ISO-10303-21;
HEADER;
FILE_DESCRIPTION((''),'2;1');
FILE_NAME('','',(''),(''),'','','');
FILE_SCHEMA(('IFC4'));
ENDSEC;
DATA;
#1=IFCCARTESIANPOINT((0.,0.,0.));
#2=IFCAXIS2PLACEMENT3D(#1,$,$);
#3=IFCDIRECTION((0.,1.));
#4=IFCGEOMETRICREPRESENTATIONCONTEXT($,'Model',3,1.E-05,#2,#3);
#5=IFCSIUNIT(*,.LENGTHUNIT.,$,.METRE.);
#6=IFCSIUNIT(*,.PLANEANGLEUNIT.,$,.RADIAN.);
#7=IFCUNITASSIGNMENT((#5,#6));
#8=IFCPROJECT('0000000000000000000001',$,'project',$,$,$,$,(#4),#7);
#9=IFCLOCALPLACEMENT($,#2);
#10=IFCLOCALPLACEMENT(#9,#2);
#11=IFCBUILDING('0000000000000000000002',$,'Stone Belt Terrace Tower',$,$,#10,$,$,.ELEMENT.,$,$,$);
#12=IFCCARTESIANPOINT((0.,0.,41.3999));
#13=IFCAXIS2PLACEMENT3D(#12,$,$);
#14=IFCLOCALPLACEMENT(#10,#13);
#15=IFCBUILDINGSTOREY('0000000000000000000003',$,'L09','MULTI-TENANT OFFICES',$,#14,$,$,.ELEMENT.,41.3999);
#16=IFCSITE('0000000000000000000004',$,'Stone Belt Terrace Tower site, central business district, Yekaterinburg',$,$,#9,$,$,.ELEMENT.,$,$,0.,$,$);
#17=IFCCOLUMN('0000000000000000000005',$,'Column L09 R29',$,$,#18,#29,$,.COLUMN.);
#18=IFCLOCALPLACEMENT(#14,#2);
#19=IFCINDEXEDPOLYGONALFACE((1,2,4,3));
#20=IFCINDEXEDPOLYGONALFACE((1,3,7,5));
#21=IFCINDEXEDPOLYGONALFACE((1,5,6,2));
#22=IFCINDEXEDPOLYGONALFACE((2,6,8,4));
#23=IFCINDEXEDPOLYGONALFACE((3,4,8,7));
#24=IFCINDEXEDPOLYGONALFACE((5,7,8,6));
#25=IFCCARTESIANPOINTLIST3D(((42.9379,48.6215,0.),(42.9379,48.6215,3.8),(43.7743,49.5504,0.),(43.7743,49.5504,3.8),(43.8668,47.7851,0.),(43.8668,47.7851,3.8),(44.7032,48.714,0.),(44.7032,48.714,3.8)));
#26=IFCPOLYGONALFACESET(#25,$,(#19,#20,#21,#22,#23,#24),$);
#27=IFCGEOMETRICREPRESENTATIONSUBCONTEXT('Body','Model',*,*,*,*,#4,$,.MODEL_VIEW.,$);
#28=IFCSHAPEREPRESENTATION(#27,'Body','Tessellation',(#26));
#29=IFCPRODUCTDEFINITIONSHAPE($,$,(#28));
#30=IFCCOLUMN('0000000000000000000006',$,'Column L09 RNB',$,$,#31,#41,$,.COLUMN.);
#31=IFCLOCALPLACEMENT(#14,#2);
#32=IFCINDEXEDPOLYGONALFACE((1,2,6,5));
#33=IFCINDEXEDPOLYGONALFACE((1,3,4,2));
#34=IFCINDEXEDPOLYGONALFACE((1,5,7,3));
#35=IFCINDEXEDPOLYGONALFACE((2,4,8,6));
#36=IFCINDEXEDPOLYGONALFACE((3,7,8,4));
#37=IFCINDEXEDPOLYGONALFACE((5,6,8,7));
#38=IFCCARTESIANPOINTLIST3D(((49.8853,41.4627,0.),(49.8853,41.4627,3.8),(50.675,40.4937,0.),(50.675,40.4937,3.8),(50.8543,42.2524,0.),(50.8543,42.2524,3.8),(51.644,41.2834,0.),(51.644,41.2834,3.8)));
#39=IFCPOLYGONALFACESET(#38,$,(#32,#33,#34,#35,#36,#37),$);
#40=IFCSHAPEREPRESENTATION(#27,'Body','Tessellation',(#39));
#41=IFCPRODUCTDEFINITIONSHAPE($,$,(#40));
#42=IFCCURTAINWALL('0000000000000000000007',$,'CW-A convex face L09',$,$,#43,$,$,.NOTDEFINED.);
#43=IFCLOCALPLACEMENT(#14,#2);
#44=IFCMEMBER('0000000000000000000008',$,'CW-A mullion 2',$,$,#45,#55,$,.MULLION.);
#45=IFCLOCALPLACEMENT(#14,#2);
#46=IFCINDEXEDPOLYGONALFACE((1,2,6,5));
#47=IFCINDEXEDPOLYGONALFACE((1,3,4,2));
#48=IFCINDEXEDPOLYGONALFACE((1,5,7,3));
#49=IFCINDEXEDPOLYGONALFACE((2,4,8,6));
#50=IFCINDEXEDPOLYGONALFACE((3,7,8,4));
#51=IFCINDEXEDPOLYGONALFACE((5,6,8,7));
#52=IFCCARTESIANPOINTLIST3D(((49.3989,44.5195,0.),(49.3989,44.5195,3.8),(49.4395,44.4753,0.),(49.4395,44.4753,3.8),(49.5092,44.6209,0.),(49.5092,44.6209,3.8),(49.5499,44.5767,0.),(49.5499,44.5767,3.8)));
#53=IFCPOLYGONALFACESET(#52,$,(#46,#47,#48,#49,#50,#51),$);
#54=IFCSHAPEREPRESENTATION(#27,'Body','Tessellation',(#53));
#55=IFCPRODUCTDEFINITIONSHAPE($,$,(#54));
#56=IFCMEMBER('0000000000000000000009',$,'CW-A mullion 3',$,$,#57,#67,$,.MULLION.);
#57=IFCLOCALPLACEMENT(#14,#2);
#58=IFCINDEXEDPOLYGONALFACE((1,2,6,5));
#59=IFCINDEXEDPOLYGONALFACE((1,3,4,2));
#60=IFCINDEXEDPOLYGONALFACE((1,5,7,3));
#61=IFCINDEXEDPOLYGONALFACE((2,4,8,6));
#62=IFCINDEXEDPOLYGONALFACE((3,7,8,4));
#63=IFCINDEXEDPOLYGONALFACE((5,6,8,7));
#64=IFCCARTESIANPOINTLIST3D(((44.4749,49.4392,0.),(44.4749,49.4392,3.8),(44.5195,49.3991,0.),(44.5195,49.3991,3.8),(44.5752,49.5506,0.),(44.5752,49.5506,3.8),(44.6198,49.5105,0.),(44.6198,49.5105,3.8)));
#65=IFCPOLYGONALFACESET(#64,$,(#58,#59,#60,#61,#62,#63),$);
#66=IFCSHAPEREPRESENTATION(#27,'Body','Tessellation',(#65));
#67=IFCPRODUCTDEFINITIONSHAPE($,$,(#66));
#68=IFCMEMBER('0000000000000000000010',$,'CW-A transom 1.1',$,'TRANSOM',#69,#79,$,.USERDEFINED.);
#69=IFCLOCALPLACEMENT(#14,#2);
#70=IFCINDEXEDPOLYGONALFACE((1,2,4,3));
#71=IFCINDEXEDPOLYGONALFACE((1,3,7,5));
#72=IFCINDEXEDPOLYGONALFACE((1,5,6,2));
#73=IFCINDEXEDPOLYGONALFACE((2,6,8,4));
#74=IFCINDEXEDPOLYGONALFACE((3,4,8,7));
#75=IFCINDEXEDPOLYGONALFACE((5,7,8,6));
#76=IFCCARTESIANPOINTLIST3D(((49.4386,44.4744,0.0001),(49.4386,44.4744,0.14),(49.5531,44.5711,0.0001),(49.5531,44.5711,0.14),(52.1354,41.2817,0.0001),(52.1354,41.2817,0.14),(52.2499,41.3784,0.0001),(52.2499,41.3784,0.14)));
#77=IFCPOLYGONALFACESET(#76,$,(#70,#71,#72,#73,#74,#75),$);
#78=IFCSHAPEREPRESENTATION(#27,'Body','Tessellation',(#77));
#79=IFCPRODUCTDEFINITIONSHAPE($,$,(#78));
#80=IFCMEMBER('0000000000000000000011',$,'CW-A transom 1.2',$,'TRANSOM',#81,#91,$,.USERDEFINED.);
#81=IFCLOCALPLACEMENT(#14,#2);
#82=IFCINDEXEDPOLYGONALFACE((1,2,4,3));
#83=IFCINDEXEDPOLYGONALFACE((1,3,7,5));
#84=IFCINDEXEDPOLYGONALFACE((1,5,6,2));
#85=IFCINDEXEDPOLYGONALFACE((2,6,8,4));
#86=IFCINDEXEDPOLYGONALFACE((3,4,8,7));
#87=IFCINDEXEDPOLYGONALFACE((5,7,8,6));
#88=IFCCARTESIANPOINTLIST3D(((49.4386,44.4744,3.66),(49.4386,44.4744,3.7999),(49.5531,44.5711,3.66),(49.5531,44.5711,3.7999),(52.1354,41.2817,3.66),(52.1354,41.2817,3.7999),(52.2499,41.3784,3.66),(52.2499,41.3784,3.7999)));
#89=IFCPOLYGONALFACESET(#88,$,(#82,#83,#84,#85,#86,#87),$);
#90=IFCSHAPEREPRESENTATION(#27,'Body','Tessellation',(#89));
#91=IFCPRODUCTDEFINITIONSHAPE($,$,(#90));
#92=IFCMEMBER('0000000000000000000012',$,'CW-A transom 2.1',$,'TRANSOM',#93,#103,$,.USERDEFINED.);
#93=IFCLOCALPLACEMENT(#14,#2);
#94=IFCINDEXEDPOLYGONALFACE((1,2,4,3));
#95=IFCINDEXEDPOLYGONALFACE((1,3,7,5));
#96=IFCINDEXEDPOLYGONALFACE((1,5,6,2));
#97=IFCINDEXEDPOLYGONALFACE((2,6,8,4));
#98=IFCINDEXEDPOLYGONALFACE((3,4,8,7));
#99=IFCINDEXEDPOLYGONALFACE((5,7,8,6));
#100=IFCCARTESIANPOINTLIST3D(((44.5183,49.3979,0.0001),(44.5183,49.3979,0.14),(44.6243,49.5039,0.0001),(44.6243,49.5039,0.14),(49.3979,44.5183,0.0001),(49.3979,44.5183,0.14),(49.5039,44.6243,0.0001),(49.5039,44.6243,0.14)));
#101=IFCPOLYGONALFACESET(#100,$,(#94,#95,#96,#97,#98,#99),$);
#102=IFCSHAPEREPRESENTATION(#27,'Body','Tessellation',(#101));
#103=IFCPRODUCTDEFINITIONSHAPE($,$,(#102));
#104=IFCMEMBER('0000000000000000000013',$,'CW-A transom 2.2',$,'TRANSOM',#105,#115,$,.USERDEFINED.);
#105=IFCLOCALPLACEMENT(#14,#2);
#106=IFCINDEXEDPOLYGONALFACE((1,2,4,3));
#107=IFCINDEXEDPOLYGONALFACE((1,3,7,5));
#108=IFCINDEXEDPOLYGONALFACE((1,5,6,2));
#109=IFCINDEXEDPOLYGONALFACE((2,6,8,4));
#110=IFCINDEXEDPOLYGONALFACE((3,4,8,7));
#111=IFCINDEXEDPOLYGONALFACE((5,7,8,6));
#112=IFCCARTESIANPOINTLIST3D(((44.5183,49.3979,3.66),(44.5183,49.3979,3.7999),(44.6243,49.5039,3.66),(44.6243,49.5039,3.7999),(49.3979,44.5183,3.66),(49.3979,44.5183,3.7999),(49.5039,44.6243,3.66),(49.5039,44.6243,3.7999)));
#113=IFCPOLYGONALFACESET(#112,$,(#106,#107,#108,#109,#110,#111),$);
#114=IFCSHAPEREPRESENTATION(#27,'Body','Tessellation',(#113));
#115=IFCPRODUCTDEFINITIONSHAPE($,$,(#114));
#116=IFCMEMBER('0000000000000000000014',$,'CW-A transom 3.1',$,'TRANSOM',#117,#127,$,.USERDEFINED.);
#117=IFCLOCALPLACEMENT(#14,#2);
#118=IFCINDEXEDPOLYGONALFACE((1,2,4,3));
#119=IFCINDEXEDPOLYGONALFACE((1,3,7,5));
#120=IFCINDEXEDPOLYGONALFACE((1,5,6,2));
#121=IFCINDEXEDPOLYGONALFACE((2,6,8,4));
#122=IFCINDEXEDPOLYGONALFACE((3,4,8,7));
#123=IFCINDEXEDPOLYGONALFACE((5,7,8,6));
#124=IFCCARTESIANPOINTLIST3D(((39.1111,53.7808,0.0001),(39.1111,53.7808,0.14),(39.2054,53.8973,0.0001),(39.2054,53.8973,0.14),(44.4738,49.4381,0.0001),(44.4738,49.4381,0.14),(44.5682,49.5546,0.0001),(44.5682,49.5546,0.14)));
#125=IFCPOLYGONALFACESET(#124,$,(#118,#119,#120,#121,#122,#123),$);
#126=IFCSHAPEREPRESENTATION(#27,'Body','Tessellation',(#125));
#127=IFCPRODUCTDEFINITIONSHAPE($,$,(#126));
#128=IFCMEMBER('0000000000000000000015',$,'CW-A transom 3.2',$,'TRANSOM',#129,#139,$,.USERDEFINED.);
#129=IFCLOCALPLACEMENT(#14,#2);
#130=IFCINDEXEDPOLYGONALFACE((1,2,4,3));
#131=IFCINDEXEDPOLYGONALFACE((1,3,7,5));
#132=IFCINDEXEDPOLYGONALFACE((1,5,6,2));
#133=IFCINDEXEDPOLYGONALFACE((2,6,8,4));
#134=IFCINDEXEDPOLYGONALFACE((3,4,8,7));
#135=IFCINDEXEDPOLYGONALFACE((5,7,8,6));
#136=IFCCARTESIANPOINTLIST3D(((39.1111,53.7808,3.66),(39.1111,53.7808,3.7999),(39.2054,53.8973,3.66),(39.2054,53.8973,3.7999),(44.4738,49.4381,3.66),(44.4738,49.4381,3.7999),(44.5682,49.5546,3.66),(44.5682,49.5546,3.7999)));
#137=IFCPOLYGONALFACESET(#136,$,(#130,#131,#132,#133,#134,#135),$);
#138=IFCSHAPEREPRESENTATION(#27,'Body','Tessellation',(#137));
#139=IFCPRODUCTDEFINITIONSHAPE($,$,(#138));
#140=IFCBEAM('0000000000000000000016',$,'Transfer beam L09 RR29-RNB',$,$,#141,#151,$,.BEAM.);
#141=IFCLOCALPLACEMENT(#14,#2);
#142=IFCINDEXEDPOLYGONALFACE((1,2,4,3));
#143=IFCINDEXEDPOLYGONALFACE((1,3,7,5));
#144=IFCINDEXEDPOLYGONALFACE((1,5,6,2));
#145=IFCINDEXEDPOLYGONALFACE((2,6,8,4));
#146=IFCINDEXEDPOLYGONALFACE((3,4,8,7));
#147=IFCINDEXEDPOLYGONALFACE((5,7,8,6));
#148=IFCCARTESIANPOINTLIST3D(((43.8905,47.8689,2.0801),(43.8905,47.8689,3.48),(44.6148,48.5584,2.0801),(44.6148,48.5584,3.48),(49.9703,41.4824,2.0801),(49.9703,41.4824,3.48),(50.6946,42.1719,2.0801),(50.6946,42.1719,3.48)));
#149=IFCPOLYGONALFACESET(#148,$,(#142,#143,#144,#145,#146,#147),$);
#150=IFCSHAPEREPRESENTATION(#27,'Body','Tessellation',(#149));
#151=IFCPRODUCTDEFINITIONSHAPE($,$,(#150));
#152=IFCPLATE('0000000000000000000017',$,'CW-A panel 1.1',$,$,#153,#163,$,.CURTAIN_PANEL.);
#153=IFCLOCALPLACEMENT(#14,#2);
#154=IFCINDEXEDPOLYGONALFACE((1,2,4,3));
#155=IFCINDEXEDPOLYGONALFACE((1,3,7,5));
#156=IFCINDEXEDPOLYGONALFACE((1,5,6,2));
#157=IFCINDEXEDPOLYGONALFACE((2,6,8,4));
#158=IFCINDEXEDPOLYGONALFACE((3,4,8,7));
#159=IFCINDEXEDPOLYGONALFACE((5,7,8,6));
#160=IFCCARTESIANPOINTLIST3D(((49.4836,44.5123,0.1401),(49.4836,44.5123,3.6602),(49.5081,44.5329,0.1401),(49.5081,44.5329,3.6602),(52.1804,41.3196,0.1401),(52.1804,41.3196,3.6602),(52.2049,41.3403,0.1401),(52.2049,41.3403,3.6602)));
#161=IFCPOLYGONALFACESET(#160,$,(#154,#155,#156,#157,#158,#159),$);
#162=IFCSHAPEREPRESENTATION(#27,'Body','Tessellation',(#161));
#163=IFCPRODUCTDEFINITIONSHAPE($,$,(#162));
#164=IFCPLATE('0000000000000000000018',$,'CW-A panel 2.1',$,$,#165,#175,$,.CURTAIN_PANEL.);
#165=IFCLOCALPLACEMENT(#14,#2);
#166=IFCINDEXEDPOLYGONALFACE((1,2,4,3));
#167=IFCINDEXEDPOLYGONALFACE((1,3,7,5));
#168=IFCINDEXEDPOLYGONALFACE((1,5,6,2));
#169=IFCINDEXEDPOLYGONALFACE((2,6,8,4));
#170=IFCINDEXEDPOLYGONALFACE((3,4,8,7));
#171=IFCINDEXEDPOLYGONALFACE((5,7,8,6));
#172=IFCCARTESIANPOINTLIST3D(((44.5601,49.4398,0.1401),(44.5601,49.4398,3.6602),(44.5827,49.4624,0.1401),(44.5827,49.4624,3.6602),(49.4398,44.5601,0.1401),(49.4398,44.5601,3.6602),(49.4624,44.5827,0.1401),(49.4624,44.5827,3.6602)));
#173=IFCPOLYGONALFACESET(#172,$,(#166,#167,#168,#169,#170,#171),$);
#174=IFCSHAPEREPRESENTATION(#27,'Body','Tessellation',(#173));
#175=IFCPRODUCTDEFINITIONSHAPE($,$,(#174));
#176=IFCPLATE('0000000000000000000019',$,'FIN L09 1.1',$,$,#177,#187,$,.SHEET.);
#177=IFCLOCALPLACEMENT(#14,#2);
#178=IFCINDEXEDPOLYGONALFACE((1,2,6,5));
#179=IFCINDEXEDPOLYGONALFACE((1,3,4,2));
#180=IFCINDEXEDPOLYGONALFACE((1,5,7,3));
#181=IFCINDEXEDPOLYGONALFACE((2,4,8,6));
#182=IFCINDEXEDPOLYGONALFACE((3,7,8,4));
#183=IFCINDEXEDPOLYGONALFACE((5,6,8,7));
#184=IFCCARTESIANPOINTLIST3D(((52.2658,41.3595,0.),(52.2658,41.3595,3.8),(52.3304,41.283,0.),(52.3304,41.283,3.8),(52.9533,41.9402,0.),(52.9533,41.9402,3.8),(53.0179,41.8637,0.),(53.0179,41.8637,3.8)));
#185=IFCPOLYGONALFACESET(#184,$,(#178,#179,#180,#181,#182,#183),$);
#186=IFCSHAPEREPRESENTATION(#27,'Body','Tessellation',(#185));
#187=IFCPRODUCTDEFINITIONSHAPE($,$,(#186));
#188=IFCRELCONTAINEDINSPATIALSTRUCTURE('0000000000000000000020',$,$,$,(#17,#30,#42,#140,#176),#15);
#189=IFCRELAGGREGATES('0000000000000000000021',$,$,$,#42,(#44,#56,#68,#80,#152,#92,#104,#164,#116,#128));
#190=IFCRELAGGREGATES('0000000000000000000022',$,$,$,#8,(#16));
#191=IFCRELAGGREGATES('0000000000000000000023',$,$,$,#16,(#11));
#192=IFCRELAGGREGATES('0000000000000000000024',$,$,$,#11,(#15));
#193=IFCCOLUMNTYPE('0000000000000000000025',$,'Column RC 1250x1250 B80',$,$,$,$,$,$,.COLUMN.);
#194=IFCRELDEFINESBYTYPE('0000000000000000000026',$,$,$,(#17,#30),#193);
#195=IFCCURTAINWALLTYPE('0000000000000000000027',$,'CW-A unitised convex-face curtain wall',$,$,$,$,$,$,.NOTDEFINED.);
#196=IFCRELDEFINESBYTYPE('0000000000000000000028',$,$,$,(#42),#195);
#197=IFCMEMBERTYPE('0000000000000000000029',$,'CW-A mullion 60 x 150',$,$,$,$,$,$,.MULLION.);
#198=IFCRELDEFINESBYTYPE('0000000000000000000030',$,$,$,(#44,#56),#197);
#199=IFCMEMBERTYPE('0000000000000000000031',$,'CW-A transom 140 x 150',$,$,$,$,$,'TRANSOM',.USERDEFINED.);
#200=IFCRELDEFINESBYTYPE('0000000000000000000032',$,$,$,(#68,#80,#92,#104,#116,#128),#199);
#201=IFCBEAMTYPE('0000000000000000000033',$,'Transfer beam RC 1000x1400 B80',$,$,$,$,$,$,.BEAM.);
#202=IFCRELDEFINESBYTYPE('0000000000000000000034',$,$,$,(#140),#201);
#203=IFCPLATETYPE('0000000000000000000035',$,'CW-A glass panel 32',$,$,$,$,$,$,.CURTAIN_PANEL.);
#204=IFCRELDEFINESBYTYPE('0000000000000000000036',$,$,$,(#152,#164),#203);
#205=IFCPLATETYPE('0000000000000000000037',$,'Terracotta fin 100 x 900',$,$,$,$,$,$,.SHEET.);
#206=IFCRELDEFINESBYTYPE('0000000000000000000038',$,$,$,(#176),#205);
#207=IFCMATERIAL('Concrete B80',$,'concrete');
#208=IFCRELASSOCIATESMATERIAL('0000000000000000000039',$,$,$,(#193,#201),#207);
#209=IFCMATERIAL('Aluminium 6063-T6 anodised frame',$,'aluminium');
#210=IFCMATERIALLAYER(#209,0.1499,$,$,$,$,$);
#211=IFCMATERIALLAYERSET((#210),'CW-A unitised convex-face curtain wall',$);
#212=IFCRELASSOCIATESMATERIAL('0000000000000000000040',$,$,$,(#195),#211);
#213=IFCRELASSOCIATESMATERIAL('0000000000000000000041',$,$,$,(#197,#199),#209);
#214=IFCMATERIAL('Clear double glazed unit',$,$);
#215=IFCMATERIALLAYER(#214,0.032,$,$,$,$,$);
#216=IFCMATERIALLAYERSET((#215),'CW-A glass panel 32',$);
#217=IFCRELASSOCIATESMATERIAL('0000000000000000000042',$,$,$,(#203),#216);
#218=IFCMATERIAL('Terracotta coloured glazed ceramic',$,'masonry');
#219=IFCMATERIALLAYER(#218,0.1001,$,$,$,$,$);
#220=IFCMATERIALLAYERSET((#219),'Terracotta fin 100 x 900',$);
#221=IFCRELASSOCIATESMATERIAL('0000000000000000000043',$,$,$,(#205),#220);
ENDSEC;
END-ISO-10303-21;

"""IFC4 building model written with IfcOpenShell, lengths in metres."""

from ifc_helpers import new_model, si_unit, direction, frame, origin, origin_2d, place, context, subcontext, project, spatial, rectangle, extrude, material, layer, layer_set, material_profile, profile_set, type_object, element, aggregate, save


model = new_model("IFC4")

# Units and contexts
model_context = context("Model", 3, precision=1e-05, world=origin(), true_north=direction((0.0, 1.0)))
body_context = subcontext(model_context, "Body", "Model", "MODEL_VIEW")
ifc_project = project(units=[si_unit("LENGTHUNIT", "METRE"), si_unit("PLANEANGLEUNIT", "RADIAN")], contexts=[model_context])

# Site, building, storey
site_placement = place(None, origin())
site = spatial("IfcSite", under=ifc_project, at=site_placement, Name="Stone Belt Terrace Tower site, central business district, Yekaterinburg", CompositionType="ELEMENT", RefElevation=0.0)
building_placement = place(site_placement, origin())
building = spatial("IfcBuilding", under=site, at=building_placement, Name="Stone Belt Terrace Tower", CompositionType="ELEMENT")
storey_placement = place(building_placement, frame((0.0, 0.0, 41.3999)))
storey = spatial("IfcBuildingStorey", under=building, at=storey_placement, Name="L09", Description="MULTI-TENANT OFFICES", CompositionType="ELEMENT", Elevation=41.3999)

# Columns
ifc_material_1 = material(Name="Concrete B80", Category="concrete")
ifc_material_profile_1 = material_profile(ifc_material_1, rectangle(XDim=1.25, YDim=1.25, at=origin_2d()), Name="RC 1250x1250")
ifc_profile_set_1 = profile_set([ifc_material_profile_1], Name="Concrete B80")
column_type = type_object("IfcColumnType", Name="Column RC 1250x1250 B80", PredefinedType="COLUMN", material=ifc_profile_set_1)
for number, where, z_axis, x_axis, name in (
    (1, (43.8206, 48.6677, 0.0), (0.0, 0.0, 1.0), (0.743145, -0.669131, 0.0), "Column L09 R29"),
    (2, (50.7646, 41.373, 0.0), (0.0, 0.0, 1.0), (0.631759, -0.775165, 0.0), "Column L09 RNB"),
):
    element("IfcColumn", number, at=place(storey_placement, frame(where, z_axis=z_axis, x_axis=x_axis)), inside=storey, type_object=column_type, Name=name, PredefinedType="COLUMN", context=body_context, shape_type="SweptSolid", body=[
        extrude(rectangle(XDim=1.25, YDim=1.25, at=origin_2d()), origin(), (0.0, 0.0, 1.0), 3.8),
    ])

# Curtain wall, members
ifc_material_2 = material(Name="Aluminium 6063-T6 anodised frame", Category="aluminium")
ifc_layer_1 = layer(ifc_material_2, 0.1499)
ifc_layer_set_1 = layer_set([ifc_layer_1], Name="CW-A unitised convex-face curtain wall")
curtain_wall_type = type_object("IfcCurtainWallType", Name="CW-A unitised convex-face curtain wall", PredefinedType="NOTDEFINED", material=ifc_layer_set_1)
curtain_wall_placement = place(storey_placement, origin())
curtain_wall = element("IfcCurtainWall", 3, at=curtain_wall_placement, inside=storey, type_object=curtain_wall_type, Name="CW-A convex face L09", PredefinedType="NOTDEFINED")
ifc_material_profile_2 = material_profile(ifc_material_2, rectangle(XDim=0.1499, YDim=0.0601, at=origin_2d()), Name="Aluminium 6063-T6 60x150")
ifc_profile_set_2 = profile_set([ifc_material_profile_2], Name="Aluminium 6063-T6 anodised frame")
member_type_1 = type_object("IfcMemberType", Name="CW-A mullion 60 x 150", PredefinedType="MULLION", material=ifc_profile_set_2)
member_1_placement = place(storey_placement, frame((49.4744, 44.5481, 0.0), z_axis=(0.0, 0.0, 1.0), x_axis=(-0.736171, -0.676796, 0.0)))
member_1 = element("IfcMember", 4, at=member_1_placement, type_object=member_type_1, Name="CW-A mullion 2", PredefinedType="MULLION", context=body_context, shape_type="SweptSolid", body=[
    extrude(rectangle(XDim=0.1499, YDim=0.0601, at=origin_2d()), origin(), (0.0, 0.0, 1.0), 3.8),
])
member_2_placement = place(storey_placement, frame((44.5474, 49.4749, 0.0), z_axis=(0.0, 0.0, 1.0), x_axis=(-0.669131, -0.743145, 0.0)))
member_2 = element("IfcMember", 5, at=member_2_placement, type_object=member_type_1, Name="CW-A mullion 3", PredefinedType="MULLION", context=body_context, shape_type="SweptSolid", body=[
    extrude(rectangle(XDim=0.1499, YDim=0.0601, at=origin_2d()), origin(), (0.0, 0.0, 1.0), 3.8),
])
ifc_material_profile_3 = material_profile(ifc_material_2, rectangle(XDim=0.1499, YDim=0.1399, at=origin_2d()), Name="Aluminium 6063-T6 150x140")
ifc_profile_set_3 = profile_set([ifc_material_profile_3], Name="Aluminium 6063-T6 anodised frame")
member_type_2 = type_object("IfcMemberType", Name="CW-A transom 140 x 150", ElementType="TRANSOM", PredefinedType="USERDEFINED", material=ifc_profile_set_3)
member_3_placement = place(storey_placement, frame((52.1926, 41.3301, 0.0701), z_axis=(-0.64529, 0.763938, 0.0), x_axis=(-0.763938, -0.64529, 0.0)))
member_3 = element("IfcMember", 6, at=member_3_placement, type_object=member_type_2, Name="CW-A transom 1.1", ObjectType="TRANSOM", PredefinedType="USERDEFINED", context=body_context, shape_type="SweptSolid", body=[
    extrude(rectangle(XDim=0.1499, YDim=0.1399, at=origin_2d()), origin(), (0.0, 0.0, 1.0), 4.1792),
])
member_4_placement = place(storey_placement, frame((52.1926, 41.3301, 3.73), z_axis=(-0.64529, 0.763938, 0.0), x_axis=(-0.763938, -0.64529, 0.0)))
member_4 = element("IfcMember", 7, at=member_4_placement, type_object=member_type_2, Name="CW-A transom 1.2", ObjectType="TRANSOM", PredefinedType="USERDEFINED", context=body_context, shape_type="SweptSolid", body=[
    extrude(rectangle(XDim=0.1499, YDim=0.1399, at=origin_2d()), origin(), (0.0, 0.0, 1.0), 4.1792),
])
member_5_placement = place(storey_placement, frame((49.4509, 44.5713, 0.0701), z_axis=(-0.707107, 0.707107, 0.0), x_axis=(-0.707107, -0.707107, 0.0)))
member_5 = element("IfcMember", 8, at=member_5_placement, type_object=member_type_2, Name="CW-A transom 2.1", ObjectType="TRANSOM", PredefinedType="USERDEFINED", context=body_context, shape_type="SweptSolid", body=[
    extrude(rectangle(XDim=0.1499, YDim=0.1399, at=origin_2d()), origin(), (0.0, 0.0, 1.0), 6.9009),
])
member_6_placement = place(storey_placement, frame((49.4509, 44.5713, 3.73), z_axis=(-0.707107, 0.707107, 0.0), x_axis=(-0.707107, -0.707107, 0.0)))
member_6 = element("IfcMember", 9, at=member_6_placement, type_object=member_type_2, Name="CW-A transom 2.2", ObjectType="TRANSOM", PredefinedType="USERDEFINED", context=body_context, shape_type="SweptSolid", body=[
    extrude(rectangle(XDim=0.1499, YDim=0.1399, at=origin_2d()), origin(), (0.0, 0.0, 1.0), 6.9009),
])
member_7_placement = place(storey_placement, frame((44.521, 49.4963, 0.0701), z_axis=(-0.777141, 0.629326, 0.0), x_axis=(-0.629326, -0.777141, 0.0)))
member_7 = element("IfcMember", 10, at=member_7_placement, type_object=member_type_2, Name="CW-A transom 3.1", ObjectType="TRANSOM", PredefinedType="USERDEFINED", context=body_context, shape_type="SweptSolid", body=[
    extrude(rectangle(XDim=0.1499, YDim=0.1399, at=origin_2d()), origin(), (0.0, 0.0, 1.0), 6.9006),
])
member_8_placement = place(storey_placement, frame((44.521, 49.4963, 3.73), z_axis=(-0.777141, 0.629326, 0.0), x_axis=(-0.629326, -0.777141, 0.0)))
member_8 = element("IfcMember", 11, at=member_8_placement, type_object=member_type_2, Name="CW-A transom 3.2", ObjectType="TRANSOM", PredefinedType="USERDEFINED", context=body_context, shape_type="SweptSolid", body=[
    extrude(rectangle(XDim=0.1499, YDim=0.1399, at=origin_2d()), origin(), (0.0, 0.0, 1.0), 6.9006),
])

# Beam
ifc_material_profile_4 = material_profile(ifc_material_1, rectangle(XDim=1.0, YDim=1.3999, at=origin_2d()), Name="RC 1000x1400")
ifc_profile_set_4 = profile_set([ifc_material_profile_4], Name="Concrete B80")
beam_type = type_object("IfcBeamType", Name="Transfer beam RC 1000x1400 B80", PredefinedType="BEAM", material=ifc_profile_set_4)
beam_placement = place(storey_placement, frame((44.2527, 48.2136, 2.78), z_axis=(0.689505, -0.724281, 0.0), x_axis=(0.724281, 0.689505, 0.0)))
element("IfcBeam", 12, at=beam_placement, inside=storey, type_object=beam_type, Name="Transfer beam L09 RR29-RNB", PredefinedType="BEAM", context=body_context, shape_type="SweptSolid", body=[
    extrude(rectangle(XDim=1.0, YDim=1.3999, at=origin_2d()), origin(), (0.0, 0.0, 1.0), 8.8176),
])

# Plates
ifc_material_3 = material(Name="Clear double glazed unit")
ifc_layer_2 = layer(ifc_material_3, 0.032)
ifc_layer_set_2 = layer_set([ifc_layer_2], Name="CW-A glass panel 32")
plate_type_1 = type_object("IfcPlateType", Name="CW-A glass panel 32", PredefinedType="CURTAIN_PANEL", material=ifc_layer_set_2)
plate_1_placement = place(storey_placement, frame((50.8442, 42.9263, 0.1401), z_axis=(0.0, 0.0, 1.0), x_axis=(-0.645291, 0.763937, 0.0)))
plate_1 = element("IfcPlate", 13, at=plate_1_placement, type_object=plate_type_1, Name="CW-A panel 1.1", PredefinedType="CURTAIN_PANEL", context=body_context, shape_type="SweptSolid", body=[
    extrude(rectangle(XDim=4.1792, YDim=0.032, at=origin_2d()), origin(), (0.0, 0.0, 1.0), 3.52),
])
plate_2_placement = place(storey_placement, frame((47.0112, 47.0112, 0.1401), z_axis=(0.0, 0.0, 1.0), x_axis=(-0.707107, 0.707107, 0.0)))
plate_2 = element("IfcPlate", 14, at=plate_2_placement, type_object=plate_type_1, Name="CW-A panel 2.1", PredefinedType="CURTAIN_PANEL", context=body_context, shape_type="SweptSolid", body=[
    extrude(rectangle(XDim=6.9009, YDim=0.032, at=origin_2d()), origin(), (0.0, 0.0, 1.0), 3.52),
])
aggregate(curtain_wall, [member_1, member_2, member_3, member_4, plate_1, member_5, member_6, plate_2, member_7, member_8])

# Plate
ifc_material_4 = material(Name="Terracotta coloured glazed ceramic", Category="masonry")
ifc_layer_3 = layer(ifc_material_4, 0.1001)
ifc_layer_set_3 = layer_set([ifc_layer_3], Name="Terracotta fin 100 x 900")
plate_type_2 = type_object("IfcPlateType", Name="Terracotta fin 100 x 900", PredefinedType="SHEET", material=ifc_layer_set_3)
for number, where, z_axis, x_axis, name in (
    (15, (52.6418, 41.6116, 0.0), (0.0, 0.0, 1.0), (0.763937, 0.645291, 0.0), "FIN L09 1.1"),
):
    element("IfcPlate", number, at=place(storey_placement, frame(where, z_axis=z_axis, x_axis=x_axis)), inside=storey, type_object=plate_type_2, Name=name, PredefinedType="SHEET", context=body_context, shape_type="SweptSolid", body=[
        extrude(rectangle(XDim=0.8999, YDim=0.1001, at=origin_2d()), origin(), (0.0, 0.0, 1.0), 3.8),
    ])

save(model, "model.ifc")
